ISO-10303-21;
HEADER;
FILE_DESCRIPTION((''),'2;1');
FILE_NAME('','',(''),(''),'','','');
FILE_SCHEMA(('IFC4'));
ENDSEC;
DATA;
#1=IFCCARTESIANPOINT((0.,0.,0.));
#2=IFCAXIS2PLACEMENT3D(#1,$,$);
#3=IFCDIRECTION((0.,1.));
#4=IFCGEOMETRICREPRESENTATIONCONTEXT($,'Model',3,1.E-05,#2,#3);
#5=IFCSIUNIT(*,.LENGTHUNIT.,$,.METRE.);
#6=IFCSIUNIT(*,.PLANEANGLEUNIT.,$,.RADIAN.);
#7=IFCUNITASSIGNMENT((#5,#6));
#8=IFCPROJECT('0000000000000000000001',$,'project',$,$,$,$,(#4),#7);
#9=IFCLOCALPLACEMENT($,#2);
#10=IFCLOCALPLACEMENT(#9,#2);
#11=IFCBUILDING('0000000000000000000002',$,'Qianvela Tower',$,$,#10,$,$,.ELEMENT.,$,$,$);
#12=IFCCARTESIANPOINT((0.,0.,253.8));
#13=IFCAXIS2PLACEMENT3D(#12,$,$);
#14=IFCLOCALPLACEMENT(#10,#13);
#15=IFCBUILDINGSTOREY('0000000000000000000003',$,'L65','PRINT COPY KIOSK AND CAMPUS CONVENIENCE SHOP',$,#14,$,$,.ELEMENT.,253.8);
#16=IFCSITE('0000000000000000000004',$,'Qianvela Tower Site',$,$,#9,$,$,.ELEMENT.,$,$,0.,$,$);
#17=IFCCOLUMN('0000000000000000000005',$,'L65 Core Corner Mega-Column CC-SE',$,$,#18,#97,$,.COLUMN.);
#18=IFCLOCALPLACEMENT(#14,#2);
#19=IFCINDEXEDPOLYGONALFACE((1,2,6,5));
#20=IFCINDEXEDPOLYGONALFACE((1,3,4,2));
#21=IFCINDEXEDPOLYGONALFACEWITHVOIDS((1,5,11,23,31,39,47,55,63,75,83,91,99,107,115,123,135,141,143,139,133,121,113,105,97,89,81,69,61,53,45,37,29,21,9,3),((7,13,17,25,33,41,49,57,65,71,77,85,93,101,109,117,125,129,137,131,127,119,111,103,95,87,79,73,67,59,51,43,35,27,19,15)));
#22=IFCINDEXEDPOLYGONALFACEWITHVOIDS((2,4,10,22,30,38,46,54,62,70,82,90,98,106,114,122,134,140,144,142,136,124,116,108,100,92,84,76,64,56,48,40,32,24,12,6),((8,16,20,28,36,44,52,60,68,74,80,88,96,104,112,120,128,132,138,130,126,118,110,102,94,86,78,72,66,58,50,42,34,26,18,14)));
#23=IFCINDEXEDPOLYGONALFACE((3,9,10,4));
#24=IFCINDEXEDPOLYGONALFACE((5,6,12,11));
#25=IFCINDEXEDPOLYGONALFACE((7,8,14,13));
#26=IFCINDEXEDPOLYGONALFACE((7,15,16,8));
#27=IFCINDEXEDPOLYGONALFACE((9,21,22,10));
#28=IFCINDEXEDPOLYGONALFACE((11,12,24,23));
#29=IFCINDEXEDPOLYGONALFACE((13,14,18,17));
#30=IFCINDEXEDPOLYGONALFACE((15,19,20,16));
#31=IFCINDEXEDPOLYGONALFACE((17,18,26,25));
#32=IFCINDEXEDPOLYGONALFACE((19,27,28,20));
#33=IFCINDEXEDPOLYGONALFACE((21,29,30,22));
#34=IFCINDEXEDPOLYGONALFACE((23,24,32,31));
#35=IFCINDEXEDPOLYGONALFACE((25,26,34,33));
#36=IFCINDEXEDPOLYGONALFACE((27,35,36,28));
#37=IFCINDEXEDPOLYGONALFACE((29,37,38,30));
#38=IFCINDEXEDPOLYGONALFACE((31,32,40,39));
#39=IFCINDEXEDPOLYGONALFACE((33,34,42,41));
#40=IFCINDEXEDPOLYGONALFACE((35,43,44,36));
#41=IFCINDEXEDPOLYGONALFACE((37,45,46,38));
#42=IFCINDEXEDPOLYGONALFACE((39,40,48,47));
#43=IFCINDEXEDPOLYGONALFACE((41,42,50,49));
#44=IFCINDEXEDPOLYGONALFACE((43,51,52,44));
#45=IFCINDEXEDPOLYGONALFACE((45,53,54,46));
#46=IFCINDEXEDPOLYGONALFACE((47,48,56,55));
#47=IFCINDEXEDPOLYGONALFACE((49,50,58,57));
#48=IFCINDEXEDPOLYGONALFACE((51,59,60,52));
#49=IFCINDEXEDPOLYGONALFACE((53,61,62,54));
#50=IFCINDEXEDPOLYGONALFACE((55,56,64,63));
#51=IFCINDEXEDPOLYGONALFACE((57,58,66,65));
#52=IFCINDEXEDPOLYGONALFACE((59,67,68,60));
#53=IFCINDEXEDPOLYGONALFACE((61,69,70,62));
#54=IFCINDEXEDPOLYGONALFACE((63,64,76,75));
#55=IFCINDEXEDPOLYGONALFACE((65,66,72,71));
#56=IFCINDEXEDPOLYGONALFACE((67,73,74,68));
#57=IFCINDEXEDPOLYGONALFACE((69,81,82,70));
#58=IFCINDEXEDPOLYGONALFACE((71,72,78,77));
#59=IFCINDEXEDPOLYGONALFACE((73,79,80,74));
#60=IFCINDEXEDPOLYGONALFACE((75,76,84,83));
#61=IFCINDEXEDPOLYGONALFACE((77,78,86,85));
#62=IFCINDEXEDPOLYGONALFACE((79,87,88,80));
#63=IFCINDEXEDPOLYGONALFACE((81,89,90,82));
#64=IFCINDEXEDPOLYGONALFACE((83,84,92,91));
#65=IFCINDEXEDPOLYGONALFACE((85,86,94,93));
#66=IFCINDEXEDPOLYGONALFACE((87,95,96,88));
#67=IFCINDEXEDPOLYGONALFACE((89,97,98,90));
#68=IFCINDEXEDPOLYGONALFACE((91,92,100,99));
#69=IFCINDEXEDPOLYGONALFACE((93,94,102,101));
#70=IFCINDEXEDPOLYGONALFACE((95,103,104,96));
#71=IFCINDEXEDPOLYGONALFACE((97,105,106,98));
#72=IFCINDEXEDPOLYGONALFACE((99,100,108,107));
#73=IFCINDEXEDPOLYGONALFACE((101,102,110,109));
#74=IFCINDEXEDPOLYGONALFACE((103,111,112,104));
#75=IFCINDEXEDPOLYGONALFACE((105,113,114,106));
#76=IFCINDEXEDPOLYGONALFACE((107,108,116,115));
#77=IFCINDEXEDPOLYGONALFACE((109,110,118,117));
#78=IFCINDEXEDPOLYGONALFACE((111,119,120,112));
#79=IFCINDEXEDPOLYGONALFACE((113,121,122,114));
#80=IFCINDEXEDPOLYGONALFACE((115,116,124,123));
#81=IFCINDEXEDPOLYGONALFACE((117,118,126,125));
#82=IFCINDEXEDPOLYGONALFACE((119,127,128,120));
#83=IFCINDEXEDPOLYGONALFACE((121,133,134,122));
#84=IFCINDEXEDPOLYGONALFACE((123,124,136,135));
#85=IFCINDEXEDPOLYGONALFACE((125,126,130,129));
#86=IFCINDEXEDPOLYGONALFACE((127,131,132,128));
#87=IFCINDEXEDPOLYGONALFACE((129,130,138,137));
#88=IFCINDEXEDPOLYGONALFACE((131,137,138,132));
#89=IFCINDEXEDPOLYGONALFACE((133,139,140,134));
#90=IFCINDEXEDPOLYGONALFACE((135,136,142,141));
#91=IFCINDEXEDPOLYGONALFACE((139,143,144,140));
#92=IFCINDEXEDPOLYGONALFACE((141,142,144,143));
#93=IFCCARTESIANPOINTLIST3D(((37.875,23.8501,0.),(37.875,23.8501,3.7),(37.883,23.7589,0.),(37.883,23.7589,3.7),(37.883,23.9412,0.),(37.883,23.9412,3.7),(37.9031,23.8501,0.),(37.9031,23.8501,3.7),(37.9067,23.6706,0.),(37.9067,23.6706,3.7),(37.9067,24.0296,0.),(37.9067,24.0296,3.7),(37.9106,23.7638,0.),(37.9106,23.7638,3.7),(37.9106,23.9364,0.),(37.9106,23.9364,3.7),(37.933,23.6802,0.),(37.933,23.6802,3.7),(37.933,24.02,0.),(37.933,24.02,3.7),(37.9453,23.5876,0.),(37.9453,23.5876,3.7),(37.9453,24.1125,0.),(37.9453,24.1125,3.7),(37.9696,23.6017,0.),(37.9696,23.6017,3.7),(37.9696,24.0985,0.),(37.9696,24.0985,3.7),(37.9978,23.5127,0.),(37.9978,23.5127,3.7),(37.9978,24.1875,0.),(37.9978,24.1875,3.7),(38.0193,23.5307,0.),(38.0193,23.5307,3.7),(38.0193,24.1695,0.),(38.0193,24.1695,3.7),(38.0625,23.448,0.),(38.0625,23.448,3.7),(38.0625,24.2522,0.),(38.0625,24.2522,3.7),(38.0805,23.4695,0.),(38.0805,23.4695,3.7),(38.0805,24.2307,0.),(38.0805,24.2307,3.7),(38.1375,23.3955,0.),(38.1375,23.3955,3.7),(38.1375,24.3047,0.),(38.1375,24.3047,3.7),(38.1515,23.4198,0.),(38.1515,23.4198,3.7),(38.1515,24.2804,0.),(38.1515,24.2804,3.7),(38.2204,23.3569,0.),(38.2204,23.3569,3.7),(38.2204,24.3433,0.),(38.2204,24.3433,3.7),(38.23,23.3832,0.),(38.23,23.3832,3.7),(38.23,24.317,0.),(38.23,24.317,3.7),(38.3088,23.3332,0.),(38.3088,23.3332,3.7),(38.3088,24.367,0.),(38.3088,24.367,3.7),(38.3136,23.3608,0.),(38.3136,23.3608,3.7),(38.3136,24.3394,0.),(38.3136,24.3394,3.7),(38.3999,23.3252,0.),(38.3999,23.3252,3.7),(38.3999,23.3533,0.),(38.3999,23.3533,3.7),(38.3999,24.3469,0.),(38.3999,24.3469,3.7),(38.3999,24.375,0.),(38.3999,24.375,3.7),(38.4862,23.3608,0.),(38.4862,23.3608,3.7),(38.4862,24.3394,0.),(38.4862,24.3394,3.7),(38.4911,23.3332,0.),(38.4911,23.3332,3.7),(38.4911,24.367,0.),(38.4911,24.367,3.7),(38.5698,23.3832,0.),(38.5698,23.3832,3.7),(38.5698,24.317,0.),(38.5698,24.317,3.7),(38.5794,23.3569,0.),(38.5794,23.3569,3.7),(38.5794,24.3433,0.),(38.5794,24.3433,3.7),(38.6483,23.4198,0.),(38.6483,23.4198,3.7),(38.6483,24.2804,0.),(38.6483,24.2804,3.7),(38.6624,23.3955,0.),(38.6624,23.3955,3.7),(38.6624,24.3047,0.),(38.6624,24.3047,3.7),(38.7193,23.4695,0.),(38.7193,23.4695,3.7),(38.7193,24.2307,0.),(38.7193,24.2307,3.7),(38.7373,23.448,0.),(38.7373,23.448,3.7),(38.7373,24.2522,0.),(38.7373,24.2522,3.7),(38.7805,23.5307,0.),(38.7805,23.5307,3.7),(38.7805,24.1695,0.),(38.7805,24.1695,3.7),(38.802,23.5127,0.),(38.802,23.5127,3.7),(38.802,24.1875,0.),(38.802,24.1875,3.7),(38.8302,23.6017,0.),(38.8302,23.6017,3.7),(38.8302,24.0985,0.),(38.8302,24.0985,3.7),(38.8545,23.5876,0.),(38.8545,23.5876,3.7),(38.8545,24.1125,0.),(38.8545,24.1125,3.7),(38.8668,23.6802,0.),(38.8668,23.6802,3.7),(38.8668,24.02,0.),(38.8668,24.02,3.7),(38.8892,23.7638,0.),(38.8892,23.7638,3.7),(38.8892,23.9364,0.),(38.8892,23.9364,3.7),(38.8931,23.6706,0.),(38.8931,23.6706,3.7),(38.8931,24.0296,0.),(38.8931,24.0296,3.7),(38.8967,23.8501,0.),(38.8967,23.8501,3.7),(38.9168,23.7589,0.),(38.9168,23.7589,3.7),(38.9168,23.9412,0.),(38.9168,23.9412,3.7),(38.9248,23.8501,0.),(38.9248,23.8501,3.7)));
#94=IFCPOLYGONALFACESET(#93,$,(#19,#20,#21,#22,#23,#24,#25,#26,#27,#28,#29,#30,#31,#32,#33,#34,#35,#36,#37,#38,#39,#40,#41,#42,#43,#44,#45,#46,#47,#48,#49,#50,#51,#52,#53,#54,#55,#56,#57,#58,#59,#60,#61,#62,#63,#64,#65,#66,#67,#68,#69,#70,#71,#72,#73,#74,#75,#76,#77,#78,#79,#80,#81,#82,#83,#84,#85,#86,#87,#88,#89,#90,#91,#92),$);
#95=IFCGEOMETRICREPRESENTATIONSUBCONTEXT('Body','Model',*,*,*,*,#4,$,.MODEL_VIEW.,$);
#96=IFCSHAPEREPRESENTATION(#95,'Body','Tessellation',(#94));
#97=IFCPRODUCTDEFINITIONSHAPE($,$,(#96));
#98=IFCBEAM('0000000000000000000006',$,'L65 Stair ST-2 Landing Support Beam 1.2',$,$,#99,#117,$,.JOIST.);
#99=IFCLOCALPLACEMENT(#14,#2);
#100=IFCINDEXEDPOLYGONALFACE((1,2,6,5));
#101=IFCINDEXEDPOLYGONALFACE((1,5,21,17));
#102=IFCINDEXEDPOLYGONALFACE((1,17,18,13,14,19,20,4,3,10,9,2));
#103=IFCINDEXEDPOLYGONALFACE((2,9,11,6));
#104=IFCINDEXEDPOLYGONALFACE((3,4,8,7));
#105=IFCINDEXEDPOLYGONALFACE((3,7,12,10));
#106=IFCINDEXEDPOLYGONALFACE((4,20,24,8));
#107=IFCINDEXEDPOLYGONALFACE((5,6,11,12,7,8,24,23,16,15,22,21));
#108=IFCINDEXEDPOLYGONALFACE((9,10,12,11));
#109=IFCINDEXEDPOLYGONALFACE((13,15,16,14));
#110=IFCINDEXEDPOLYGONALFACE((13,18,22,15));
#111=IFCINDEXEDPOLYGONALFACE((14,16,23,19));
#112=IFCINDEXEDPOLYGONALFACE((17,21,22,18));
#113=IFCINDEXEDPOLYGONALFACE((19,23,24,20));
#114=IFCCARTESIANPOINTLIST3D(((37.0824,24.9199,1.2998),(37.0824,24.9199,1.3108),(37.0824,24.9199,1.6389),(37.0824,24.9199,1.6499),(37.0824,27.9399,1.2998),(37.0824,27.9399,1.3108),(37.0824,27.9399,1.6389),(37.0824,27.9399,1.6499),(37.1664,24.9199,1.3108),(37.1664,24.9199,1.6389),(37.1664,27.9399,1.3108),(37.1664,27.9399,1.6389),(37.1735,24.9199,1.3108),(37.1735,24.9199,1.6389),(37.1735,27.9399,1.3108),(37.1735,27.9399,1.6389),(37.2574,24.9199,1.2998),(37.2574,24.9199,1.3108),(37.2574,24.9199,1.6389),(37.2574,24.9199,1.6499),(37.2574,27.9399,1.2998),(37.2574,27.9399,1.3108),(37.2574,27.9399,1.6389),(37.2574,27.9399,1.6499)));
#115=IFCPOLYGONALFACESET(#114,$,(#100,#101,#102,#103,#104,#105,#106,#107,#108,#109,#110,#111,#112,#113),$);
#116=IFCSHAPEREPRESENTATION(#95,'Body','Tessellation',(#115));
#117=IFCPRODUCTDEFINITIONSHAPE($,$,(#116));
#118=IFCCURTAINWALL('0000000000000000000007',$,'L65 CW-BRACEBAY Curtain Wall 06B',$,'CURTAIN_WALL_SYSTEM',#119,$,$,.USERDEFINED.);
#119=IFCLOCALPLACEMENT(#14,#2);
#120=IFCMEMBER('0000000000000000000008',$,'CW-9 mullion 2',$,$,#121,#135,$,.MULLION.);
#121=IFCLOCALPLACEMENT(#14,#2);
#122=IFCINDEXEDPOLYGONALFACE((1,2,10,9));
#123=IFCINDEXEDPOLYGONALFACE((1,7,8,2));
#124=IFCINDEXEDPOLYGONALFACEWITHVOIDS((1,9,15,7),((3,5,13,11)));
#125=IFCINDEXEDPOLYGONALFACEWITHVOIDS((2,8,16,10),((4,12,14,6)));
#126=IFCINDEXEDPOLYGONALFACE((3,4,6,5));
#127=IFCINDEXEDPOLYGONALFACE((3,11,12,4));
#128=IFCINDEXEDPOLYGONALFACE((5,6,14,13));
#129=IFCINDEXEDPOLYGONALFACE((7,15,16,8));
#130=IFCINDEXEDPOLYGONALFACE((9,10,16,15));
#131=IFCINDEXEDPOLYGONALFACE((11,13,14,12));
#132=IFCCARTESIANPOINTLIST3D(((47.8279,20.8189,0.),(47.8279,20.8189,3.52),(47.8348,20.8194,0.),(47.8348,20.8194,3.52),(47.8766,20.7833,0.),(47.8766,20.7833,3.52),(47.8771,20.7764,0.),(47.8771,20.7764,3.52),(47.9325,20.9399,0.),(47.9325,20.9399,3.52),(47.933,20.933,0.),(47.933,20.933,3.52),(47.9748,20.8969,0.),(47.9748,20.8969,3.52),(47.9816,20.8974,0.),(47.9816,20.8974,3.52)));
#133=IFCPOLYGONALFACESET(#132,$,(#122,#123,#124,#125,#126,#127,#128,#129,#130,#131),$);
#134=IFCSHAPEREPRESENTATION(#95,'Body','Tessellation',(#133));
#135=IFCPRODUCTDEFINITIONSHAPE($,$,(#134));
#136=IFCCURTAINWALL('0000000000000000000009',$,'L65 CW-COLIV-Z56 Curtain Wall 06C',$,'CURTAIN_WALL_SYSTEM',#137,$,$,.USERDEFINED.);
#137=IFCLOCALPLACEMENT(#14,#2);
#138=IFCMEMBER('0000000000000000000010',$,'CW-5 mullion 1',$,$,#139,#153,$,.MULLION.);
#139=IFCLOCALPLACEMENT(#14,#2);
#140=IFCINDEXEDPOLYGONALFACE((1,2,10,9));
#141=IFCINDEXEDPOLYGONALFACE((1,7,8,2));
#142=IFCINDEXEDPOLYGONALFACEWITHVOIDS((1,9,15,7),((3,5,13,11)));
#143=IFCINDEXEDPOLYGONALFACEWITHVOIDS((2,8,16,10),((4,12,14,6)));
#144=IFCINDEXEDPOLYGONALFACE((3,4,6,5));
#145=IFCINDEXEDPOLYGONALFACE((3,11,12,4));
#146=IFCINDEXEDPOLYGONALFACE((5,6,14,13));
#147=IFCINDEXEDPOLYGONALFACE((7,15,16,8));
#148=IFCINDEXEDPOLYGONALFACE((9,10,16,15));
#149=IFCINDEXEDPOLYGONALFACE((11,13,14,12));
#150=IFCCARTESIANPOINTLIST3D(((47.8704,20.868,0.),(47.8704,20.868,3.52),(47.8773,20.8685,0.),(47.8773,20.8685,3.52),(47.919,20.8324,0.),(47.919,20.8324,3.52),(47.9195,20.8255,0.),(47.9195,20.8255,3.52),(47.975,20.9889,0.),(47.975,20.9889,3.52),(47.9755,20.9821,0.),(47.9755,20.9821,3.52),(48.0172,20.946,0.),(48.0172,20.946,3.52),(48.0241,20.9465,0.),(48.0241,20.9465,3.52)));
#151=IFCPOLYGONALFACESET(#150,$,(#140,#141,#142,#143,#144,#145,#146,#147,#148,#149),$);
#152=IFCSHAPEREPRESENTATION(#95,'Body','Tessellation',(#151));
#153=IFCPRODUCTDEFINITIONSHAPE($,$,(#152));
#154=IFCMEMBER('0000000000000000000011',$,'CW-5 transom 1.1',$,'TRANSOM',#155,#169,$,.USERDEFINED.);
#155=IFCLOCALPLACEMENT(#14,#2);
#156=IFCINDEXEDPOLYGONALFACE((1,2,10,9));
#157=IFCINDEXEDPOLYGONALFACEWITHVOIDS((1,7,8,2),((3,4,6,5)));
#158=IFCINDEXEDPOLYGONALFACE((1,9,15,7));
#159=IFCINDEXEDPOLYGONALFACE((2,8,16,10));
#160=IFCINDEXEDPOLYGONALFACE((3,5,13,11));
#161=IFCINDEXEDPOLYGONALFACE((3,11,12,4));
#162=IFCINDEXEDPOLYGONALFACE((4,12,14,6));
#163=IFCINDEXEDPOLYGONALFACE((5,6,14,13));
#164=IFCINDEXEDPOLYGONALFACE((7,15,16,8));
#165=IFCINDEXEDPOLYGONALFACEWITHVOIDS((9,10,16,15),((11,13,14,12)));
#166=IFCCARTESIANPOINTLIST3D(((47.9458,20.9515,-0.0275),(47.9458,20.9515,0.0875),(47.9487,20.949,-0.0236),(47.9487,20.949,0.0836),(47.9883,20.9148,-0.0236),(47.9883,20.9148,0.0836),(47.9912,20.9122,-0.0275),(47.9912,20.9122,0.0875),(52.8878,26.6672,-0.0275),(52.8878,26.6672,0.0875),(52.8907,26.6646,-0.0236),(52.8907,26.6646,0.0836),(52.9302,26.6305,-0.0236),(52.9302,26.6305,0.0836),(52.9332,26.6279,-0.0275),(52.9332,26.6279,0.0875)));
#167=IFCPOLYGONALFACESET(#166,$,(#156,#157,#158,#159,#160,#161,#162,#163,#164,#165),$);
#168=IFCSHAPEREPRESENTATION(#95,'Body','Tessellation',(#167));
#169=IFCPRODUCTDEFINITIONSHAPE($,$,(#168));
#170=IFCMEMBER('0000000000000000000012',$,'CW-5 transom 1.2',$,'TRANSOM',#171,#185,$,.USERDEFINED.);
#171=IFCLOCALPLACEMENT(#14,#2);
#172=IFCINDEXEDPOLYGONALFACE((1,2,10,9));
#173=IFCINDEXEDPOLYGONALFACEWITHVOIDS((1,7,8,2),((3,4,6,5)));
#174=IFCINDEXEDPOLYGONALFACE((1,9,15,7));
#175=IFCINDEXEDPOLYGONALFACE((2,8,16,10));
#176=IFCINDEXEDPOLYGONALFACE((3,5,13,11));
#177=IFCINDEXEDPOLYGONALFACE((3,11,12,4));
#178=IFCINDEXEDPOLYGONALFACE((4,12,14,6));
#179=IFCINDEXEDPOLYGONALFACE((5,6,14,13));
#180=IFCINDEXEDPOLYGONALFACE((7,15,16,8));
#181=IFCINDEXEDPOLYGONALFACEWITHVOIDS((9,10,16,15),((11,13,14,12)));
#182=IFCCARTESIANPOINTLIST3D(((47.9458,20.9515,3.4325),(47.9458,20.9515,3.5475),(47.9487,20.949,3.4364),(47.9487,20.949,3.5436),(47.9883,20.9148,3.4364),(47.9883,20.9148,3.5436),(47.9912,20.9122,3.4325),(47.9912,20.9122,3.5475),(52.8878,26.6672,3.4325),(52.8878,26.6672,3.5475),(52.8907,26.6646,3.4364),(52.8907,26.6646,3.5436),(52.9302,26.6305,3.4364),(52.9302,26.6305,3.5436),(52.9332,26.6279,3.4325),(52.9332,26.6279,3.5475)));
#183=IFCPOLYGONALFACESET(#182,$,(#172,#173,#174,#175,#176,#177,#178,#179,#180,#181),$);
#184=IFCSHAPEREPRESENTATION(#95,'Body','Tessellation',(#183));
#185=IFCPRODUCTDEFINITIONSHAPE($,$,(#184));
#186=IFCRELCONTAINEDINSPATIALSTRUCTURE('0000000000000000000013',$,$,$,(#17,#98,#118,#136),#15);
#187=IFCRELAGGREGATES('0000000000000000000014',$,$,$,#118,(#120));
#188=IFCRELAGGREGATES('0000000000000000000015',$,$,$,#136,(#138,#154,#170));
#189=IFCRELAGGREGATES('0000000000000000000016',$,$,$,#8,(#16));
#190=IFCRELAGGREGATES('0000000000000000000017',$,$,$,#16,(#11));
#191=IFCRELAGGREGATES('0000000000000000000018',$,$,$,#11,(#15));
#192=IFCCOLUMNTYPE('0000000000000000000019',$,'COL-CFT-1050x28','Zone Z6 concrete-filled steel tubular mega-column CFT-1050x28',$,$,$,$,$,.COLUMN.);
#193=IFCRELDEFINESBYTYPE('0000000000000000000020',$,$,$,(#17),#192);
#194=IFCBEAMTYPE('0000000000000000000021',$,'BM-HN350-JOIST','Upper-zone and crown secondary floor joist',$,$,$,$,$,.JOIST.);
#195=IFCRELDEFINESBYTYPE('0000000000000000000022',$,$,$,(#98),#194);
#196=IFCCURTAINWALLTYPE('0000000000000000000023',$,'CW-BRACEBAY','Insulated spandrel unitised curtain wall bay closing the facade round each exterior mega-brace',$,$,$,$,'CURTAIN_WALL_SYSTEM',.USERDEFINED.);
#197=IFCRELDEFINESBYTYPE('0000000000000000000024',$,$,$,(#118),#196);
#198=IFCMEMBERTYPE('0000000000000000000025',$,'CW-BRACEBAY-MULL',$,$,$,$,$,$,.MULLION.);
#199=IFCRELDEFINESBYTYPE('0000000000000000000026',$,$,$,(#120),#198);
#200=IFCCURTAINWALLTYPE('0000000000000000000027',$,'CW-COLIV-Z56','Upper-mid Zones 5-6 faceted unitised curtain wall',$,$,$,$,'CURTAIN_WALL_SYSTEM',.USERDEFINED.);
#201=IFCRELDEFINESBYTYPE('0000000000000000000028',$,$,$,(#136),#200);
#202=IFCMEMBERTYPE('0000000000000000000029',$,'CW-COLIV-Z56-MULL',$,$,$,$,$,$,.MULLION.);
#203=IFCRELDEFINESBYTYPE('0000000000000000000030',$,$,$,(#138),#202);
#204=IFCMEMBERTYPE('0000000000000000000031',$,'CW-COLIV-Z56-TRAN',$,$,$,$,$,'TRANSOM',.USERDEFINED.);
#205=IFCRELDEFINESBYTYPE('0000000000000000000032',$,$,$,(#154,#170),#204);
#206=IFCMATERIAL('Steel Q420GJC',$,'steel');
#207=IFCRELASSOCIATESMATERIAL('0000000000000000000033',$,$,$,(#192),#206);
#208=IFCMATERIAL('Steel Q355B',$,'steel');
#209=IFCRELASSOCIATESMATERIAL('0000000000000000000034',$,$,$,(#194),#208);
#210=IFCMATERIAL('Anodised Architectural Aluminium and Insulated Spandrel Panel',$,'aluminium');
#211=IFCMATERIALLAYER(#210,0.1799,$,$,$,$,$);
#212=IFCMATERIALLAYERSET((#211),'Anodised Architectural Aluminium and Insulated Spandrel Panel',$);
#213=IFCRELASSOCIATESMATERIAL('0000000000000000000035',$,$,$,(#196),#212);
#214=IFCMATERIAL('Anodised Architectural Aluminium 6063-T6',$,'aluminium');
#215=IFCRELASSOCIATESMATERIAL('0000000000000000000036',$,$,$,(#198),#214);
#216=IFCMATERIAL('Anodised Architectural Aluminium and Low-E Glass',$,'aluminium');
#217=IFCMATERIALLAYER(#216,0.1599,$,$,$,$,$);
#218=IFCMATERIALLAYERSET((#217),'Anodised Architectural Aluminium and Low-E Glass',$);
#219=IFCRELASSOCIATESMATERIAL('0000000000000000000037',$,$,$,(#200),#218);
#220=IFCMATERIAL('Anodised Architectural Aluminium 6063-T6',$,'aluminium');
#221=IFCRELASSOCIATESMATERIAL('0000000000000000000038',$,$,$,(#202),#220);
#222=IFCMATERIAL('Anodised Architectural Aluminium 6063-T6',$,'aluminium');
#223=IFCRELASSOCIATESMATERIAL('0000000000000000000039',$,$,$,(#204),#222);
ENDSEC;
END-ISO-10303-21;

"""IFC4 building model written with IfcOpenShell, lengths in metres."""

from ifc_helpers import new_model, si_unit, direction, frame, origin, origin_2d, place, context, subcontext, project, spatial, hollow_rectangle, hollow_circle, i_section, extrude, material, layer, layer_set, material_profile, profile_set, type_object, element, aggregate, save


model = new_model("IFC4")

# Units and contexts
model_context = context("Model", 3, precision=1e-05, world=origin(), true_north=direction((0.0, 1.0)))
body_context = subcontext(model_context, "Body", "Model", "MODEL_VIEW")
ifc_project = project(units=[si_unit("LENGTHUNIT", "METRE"), si_unit("PLANEANGLEUNIT", "RADIAN")], contexts=[model_context])

# Site, building, storey
site_placement = place(None, origin())
site = spatial("IfcSite", under=ifc_project, at=site_placement, Name="Qianvela Tower Site", CompositionType="ELEMENT", RefElevation=0.0)
building_placement = place(site_placement, origin())
building = spatial("IfcBuilding", under=site, at=building_placement, Name="Qianvela Tower", CompositionType="ELEMENT")
storey_placement = place(building_placement, frame((0.0, 0.0, 253.8)))
storey = spatial("IfcBuildingStorey", under=building, at=storey_placement, Name="L65", Description="PRINT COPY KIOSK AND CAMPUS CONVENIENCE SHOP", CompositionType="ELEMENT", Elevation=253.8)

# Column
ifc_material_1 = material(Name="Steel Q420GJC", Category="steel")
ifc_material_profile_1 = material_profile(ifc_material_1, hollow_circle(Radius=0.5249, WallThickness=0.0281, at=origin_2d()), Name="CFT-1050x28")
ifc_profile_set_1 = profile_set([ifc_material_profile_1], Name="Steel Q420GJC")
column_type = type_object("IfcColumnType", Name="COL-CFT-1050x28", Description="Zone Z6 concrete-filled steel tubular mega-column CFT-1050x28", PredefinedType="COLUMN", material=ifc_profile_set_1)
column_placement = place(storey_placement, frame((38.3999, 23.8501, 0.0), z_axis=(0.0, 0.0, 1.0), x_axis=(1.0, 0.0, 0.0)))
element("IfcColumn", 1, at=column_placement, inside=storey, type_object=column_type, Name="L65 Core Corner Mega-Column CC-SE", PredefinedType="COLUMN", context=body_context, shape_type="SweptSolid", body=[
    extrude(hollow_circle(Radius=0.5249, WallThickness=0.0281, at=origin_2d()), origin(), (0.0, 0.0, 1.0), 3.7),
])

# Beam
ifc_material_2 = material(Name="Steel Q355B", Category="steel")
ifc_material_profile_2 = material_profile(ifc_material_2, i_section(OverallWidth=0.175, OverallDepth=0.3501, WebThickness=0.0071, FlangeThickness=0.011, at=origin_2d()), Name="HN350x175x7x11")
ifc_profile_set_2 = profile_set([ifc_material_profile_2], Name="Steel Q355B")
beam_type = type_object("IfcBeamType", Name="BM-HN350-JOIST", Description="Upper-zone and crown secondary floor joist", PredefinedType="JOIST", material=ifc_profile_set_2)
beam_placement = place(storey_placement, frame((37.1699, 24.9199, 1.4749), z_axis=(0.0, 1.0, 0.0), x_axis=(-1.0, 0.0, 0.0)))
element("IfcBeam", 2, at=beam_placement, inside=storey, type_object=beam_type, Name="L65 Stair ST-2 Landing Support Beam 1.2", PredefinedType="JOIST", context=body_context, shape_type="SweptSolid", body=[
    extrude(i_section(OverallWidth=0.175, OverallDepth=0.3501, WebThickness=0.0071, FlangeThickness=0.011, at=origin_2d()), origin(), (0.0, 0.0, 1.0), 3.02),
])

# Curtain wall, member
ifc_material_3 = material(Name="Anodised Architectural Aluminium and Insulated Spandrel Panel", Category="aluminium")
ifc_layer_1 = layer(ifc_material_3, 0.1799)
ifc_layer_set_1 = layer_set([ifc_layer_1], Name="Anodised Architectural Aluminium and Insulated Spandrel Panel")
curtain_wall_type_1 = type_object("IfcCurtainWallType", Name="CW-BRACEBAY", Description="Insulated spandrel unitised curtain wall bay closing the facade round each exterior mega-brace", ElementType="CURTAIN_WALL_SYSTEM", PredefinedType="USERDEFINED", material=ifc_layer_set_1)
curtain_wall_1_placement = place(storey_placement, origin())
curtain_wall_1 = element("IfcCurtainWall", 3, at=curtain_wall_1_placement, inside=storey, type_object=curtain_wall_type_1, Name="L65 CW-BRACEBAY Curtain Wall 06B", ObjectType="CURTAIN_WALL_SYSTEM", PredefinedType="USERDEFINED")
ifc_material_4 = material(Name="Anodised Architectural Aluminium 6063-T6", Category="aluminium")
ifc_material_profile_3 = material_profile(ifc_material_4, hollow_rectangle(XDim=0.0649, YDim=0.1599, WallThickness=0.0049, at=origin_2d()), Name="ALU-MULL-65x160")
ifc_profile_set_3 = profile_set([ifc_material_profile_3], Name="Anodised Architectural Aluminium 6063-T6")
member_type_1 = type_object("IfcMemberType", Name="CW-BRACEBAY-MULL", PredefinedType="MULLION", material=ifc_profile_set_3)
member_1_placement = place(storey_placement, frame((47.9048, 20.8582, 0.0), z_axis=(0.0, 0.0, 1.0), x_axis=(-0.756476, 0.654022, 0.0)))
member_1 = element("IfcMember", 4, at=member_1_placement, type_object=member_type_1, Name="CW-9 mullion 2", PredefinedType="MULLION", context=body_context, shape_type="SweptSolid", body=[
    extrude(hollow_rectangle(XDim=0.0649, YDim=0.1599, WallThickness=0.0049, at=origin_2d()), origin(), (0.0, 0.0, 1.0), 3.52),
])
aggregate(curtain_wall_1, [member_1])

# Curtain wall, members
ifc_material_5 = material(Name="Anodised Architectural Aluminium and Low-E Glass", Category="aluminium")
ifc_layer_2 = layer(ifc_material_5, 0.1599)
ifc_layer_set_2 = layer_set([ifc_layer_2], Name="Anodised Architectural Aluminium and Low-E Glass")
curtain_wall_type_2 = type_object("IfcCurtainWallType", Name="CW-COLIV-Z56", Description="Upper-mid Zones 5-6 faceted unitised curtain wall", ElementType="CURTAIN_WALL_SYSTEM", PredefinedType="USERDEFINED", material=ifc_layer_set_2)
curtain_wall_2_placement = place(storey_placement, origin())
curtain_wall_2 = element("IfcCurtainWall", 5, at=curtain_wall_2_placement, inside=storey, type_object=curtain_wall_type_2, Name="L65 CW-COLIV-Z56 Curtain Wall 06C", ObjectType="CURTAIN_WALL_SYSTEM", PredefinedType="USERDEFINED")
ifc_material_6 = material(Name="Anodised Architectural Aluminium 6063-T6", Category="aluminium")
ifc_material_profile_4 = material_profile(ifc_material_6, hollow_rectangle(XDim=0.0649, YDim=0.1599, WallThickness=0.0049, at=origin_2d()), Name="ALU-MULL-65x160")
ifc_profile_set_4 = profile_set([ifc_material_profile_4], Name="Anodised Architectural Aluminium 6063-T6")
member_type_2 = type_object("IfcMemberType", Name="CW-COLIV-Z56-MULL", PredefinedType="MULLION", material=ifc_profile_set_4)
member_2_placement = place(storey_placement, frame((47.9473, 20.9072, 0.0), z_axis=(0.0, 0.0, 1.0), x_axis=(-0.756458, 0.654043, 0.0)))
member_2 = element("IfcMember", 6, at=member_2_placement, type_object=member_type_2, Name="CW-5 mullion 1", PredefinedType="MULLION", context=body_context, shape_type="SweptSolid", body=[
    extrude(hollow_rectangle(XDim=0.0649, YDim=0.1599, WallThickness=0.0049, at=origin_2d()), origin(), (0.0, 0.0, 1.0), 3.52),
])
ifc_material_7 = material(Name="Anodised Architectural Aluminium 6063-T6", Category="aluminium")
ifc_material_profile_5 = material_profile(ifc_material_7, hollow_rectangle(XDim=0.0601, YDim=0.115, WallThickness=0.0039, at=origin_2d()), Name="ALU-TRAN-60x115")
ifc_profile_set_5 = profile_set([ifc_material_profile_5], Name="Anodised Architectural Aluminium 6063-T6")
member_type_3 = type_object("IfcMemberType", Name="CW-COLIV-Z56-TRAN", ElementType="TRANSOM", PredefinedType="USERDEFINED", material=ifc_profile_set_5)
member_3_placement = place(storey_placement, frame((47.9685, 20.9319, 0.03), z_axis=(0.654053, 0.756449, 0.0), x_axis=(-0.756449, 0.654053, 0.0)))
member_3 = element("IfcMember", 7, at=member_3_placement, type_object=member_type_3, Name="CW-5 transom 1.1", ObjectType="TRANSOM", PredefinedType="USERDEFINED", context=body_context, shape_type="SweptSolid", body=[
    extrude(hollow_rectangle(XDim=0.0601, YDim=0.115, WallThickness=0.0039, at=origin_2d()), origin(), (0.0, 0.0, 1.0), 7.5559),
])
member_4_placement = place(storey_placement, frame((47.9685, 20.9319, 3.49), z_axis=(0.654053, 0.756449, 0.0), x_axis=(-0.756449, 0.654053, 0.0)))
member_4 = element("IfcMember", 8, at=member_4_placement, type_object=member_type_3, Name="CW-5 transom 1.2", ObjectType="TRANSOM", PredefinedType="USERDEFINED", context=body_context, shape_type="SweptSolid", body=[
    extrude(hollow_rectangle(XDim=0.0601, YDim=0.115, WallThickness=0.0039, at=origin_2d()), origin(), (0.0, 0.0, 1.0), 7.5559),
])

aggregate(curtain_wall_2, [member_2, member_3, member_4])

save(model, "model.ifc")
